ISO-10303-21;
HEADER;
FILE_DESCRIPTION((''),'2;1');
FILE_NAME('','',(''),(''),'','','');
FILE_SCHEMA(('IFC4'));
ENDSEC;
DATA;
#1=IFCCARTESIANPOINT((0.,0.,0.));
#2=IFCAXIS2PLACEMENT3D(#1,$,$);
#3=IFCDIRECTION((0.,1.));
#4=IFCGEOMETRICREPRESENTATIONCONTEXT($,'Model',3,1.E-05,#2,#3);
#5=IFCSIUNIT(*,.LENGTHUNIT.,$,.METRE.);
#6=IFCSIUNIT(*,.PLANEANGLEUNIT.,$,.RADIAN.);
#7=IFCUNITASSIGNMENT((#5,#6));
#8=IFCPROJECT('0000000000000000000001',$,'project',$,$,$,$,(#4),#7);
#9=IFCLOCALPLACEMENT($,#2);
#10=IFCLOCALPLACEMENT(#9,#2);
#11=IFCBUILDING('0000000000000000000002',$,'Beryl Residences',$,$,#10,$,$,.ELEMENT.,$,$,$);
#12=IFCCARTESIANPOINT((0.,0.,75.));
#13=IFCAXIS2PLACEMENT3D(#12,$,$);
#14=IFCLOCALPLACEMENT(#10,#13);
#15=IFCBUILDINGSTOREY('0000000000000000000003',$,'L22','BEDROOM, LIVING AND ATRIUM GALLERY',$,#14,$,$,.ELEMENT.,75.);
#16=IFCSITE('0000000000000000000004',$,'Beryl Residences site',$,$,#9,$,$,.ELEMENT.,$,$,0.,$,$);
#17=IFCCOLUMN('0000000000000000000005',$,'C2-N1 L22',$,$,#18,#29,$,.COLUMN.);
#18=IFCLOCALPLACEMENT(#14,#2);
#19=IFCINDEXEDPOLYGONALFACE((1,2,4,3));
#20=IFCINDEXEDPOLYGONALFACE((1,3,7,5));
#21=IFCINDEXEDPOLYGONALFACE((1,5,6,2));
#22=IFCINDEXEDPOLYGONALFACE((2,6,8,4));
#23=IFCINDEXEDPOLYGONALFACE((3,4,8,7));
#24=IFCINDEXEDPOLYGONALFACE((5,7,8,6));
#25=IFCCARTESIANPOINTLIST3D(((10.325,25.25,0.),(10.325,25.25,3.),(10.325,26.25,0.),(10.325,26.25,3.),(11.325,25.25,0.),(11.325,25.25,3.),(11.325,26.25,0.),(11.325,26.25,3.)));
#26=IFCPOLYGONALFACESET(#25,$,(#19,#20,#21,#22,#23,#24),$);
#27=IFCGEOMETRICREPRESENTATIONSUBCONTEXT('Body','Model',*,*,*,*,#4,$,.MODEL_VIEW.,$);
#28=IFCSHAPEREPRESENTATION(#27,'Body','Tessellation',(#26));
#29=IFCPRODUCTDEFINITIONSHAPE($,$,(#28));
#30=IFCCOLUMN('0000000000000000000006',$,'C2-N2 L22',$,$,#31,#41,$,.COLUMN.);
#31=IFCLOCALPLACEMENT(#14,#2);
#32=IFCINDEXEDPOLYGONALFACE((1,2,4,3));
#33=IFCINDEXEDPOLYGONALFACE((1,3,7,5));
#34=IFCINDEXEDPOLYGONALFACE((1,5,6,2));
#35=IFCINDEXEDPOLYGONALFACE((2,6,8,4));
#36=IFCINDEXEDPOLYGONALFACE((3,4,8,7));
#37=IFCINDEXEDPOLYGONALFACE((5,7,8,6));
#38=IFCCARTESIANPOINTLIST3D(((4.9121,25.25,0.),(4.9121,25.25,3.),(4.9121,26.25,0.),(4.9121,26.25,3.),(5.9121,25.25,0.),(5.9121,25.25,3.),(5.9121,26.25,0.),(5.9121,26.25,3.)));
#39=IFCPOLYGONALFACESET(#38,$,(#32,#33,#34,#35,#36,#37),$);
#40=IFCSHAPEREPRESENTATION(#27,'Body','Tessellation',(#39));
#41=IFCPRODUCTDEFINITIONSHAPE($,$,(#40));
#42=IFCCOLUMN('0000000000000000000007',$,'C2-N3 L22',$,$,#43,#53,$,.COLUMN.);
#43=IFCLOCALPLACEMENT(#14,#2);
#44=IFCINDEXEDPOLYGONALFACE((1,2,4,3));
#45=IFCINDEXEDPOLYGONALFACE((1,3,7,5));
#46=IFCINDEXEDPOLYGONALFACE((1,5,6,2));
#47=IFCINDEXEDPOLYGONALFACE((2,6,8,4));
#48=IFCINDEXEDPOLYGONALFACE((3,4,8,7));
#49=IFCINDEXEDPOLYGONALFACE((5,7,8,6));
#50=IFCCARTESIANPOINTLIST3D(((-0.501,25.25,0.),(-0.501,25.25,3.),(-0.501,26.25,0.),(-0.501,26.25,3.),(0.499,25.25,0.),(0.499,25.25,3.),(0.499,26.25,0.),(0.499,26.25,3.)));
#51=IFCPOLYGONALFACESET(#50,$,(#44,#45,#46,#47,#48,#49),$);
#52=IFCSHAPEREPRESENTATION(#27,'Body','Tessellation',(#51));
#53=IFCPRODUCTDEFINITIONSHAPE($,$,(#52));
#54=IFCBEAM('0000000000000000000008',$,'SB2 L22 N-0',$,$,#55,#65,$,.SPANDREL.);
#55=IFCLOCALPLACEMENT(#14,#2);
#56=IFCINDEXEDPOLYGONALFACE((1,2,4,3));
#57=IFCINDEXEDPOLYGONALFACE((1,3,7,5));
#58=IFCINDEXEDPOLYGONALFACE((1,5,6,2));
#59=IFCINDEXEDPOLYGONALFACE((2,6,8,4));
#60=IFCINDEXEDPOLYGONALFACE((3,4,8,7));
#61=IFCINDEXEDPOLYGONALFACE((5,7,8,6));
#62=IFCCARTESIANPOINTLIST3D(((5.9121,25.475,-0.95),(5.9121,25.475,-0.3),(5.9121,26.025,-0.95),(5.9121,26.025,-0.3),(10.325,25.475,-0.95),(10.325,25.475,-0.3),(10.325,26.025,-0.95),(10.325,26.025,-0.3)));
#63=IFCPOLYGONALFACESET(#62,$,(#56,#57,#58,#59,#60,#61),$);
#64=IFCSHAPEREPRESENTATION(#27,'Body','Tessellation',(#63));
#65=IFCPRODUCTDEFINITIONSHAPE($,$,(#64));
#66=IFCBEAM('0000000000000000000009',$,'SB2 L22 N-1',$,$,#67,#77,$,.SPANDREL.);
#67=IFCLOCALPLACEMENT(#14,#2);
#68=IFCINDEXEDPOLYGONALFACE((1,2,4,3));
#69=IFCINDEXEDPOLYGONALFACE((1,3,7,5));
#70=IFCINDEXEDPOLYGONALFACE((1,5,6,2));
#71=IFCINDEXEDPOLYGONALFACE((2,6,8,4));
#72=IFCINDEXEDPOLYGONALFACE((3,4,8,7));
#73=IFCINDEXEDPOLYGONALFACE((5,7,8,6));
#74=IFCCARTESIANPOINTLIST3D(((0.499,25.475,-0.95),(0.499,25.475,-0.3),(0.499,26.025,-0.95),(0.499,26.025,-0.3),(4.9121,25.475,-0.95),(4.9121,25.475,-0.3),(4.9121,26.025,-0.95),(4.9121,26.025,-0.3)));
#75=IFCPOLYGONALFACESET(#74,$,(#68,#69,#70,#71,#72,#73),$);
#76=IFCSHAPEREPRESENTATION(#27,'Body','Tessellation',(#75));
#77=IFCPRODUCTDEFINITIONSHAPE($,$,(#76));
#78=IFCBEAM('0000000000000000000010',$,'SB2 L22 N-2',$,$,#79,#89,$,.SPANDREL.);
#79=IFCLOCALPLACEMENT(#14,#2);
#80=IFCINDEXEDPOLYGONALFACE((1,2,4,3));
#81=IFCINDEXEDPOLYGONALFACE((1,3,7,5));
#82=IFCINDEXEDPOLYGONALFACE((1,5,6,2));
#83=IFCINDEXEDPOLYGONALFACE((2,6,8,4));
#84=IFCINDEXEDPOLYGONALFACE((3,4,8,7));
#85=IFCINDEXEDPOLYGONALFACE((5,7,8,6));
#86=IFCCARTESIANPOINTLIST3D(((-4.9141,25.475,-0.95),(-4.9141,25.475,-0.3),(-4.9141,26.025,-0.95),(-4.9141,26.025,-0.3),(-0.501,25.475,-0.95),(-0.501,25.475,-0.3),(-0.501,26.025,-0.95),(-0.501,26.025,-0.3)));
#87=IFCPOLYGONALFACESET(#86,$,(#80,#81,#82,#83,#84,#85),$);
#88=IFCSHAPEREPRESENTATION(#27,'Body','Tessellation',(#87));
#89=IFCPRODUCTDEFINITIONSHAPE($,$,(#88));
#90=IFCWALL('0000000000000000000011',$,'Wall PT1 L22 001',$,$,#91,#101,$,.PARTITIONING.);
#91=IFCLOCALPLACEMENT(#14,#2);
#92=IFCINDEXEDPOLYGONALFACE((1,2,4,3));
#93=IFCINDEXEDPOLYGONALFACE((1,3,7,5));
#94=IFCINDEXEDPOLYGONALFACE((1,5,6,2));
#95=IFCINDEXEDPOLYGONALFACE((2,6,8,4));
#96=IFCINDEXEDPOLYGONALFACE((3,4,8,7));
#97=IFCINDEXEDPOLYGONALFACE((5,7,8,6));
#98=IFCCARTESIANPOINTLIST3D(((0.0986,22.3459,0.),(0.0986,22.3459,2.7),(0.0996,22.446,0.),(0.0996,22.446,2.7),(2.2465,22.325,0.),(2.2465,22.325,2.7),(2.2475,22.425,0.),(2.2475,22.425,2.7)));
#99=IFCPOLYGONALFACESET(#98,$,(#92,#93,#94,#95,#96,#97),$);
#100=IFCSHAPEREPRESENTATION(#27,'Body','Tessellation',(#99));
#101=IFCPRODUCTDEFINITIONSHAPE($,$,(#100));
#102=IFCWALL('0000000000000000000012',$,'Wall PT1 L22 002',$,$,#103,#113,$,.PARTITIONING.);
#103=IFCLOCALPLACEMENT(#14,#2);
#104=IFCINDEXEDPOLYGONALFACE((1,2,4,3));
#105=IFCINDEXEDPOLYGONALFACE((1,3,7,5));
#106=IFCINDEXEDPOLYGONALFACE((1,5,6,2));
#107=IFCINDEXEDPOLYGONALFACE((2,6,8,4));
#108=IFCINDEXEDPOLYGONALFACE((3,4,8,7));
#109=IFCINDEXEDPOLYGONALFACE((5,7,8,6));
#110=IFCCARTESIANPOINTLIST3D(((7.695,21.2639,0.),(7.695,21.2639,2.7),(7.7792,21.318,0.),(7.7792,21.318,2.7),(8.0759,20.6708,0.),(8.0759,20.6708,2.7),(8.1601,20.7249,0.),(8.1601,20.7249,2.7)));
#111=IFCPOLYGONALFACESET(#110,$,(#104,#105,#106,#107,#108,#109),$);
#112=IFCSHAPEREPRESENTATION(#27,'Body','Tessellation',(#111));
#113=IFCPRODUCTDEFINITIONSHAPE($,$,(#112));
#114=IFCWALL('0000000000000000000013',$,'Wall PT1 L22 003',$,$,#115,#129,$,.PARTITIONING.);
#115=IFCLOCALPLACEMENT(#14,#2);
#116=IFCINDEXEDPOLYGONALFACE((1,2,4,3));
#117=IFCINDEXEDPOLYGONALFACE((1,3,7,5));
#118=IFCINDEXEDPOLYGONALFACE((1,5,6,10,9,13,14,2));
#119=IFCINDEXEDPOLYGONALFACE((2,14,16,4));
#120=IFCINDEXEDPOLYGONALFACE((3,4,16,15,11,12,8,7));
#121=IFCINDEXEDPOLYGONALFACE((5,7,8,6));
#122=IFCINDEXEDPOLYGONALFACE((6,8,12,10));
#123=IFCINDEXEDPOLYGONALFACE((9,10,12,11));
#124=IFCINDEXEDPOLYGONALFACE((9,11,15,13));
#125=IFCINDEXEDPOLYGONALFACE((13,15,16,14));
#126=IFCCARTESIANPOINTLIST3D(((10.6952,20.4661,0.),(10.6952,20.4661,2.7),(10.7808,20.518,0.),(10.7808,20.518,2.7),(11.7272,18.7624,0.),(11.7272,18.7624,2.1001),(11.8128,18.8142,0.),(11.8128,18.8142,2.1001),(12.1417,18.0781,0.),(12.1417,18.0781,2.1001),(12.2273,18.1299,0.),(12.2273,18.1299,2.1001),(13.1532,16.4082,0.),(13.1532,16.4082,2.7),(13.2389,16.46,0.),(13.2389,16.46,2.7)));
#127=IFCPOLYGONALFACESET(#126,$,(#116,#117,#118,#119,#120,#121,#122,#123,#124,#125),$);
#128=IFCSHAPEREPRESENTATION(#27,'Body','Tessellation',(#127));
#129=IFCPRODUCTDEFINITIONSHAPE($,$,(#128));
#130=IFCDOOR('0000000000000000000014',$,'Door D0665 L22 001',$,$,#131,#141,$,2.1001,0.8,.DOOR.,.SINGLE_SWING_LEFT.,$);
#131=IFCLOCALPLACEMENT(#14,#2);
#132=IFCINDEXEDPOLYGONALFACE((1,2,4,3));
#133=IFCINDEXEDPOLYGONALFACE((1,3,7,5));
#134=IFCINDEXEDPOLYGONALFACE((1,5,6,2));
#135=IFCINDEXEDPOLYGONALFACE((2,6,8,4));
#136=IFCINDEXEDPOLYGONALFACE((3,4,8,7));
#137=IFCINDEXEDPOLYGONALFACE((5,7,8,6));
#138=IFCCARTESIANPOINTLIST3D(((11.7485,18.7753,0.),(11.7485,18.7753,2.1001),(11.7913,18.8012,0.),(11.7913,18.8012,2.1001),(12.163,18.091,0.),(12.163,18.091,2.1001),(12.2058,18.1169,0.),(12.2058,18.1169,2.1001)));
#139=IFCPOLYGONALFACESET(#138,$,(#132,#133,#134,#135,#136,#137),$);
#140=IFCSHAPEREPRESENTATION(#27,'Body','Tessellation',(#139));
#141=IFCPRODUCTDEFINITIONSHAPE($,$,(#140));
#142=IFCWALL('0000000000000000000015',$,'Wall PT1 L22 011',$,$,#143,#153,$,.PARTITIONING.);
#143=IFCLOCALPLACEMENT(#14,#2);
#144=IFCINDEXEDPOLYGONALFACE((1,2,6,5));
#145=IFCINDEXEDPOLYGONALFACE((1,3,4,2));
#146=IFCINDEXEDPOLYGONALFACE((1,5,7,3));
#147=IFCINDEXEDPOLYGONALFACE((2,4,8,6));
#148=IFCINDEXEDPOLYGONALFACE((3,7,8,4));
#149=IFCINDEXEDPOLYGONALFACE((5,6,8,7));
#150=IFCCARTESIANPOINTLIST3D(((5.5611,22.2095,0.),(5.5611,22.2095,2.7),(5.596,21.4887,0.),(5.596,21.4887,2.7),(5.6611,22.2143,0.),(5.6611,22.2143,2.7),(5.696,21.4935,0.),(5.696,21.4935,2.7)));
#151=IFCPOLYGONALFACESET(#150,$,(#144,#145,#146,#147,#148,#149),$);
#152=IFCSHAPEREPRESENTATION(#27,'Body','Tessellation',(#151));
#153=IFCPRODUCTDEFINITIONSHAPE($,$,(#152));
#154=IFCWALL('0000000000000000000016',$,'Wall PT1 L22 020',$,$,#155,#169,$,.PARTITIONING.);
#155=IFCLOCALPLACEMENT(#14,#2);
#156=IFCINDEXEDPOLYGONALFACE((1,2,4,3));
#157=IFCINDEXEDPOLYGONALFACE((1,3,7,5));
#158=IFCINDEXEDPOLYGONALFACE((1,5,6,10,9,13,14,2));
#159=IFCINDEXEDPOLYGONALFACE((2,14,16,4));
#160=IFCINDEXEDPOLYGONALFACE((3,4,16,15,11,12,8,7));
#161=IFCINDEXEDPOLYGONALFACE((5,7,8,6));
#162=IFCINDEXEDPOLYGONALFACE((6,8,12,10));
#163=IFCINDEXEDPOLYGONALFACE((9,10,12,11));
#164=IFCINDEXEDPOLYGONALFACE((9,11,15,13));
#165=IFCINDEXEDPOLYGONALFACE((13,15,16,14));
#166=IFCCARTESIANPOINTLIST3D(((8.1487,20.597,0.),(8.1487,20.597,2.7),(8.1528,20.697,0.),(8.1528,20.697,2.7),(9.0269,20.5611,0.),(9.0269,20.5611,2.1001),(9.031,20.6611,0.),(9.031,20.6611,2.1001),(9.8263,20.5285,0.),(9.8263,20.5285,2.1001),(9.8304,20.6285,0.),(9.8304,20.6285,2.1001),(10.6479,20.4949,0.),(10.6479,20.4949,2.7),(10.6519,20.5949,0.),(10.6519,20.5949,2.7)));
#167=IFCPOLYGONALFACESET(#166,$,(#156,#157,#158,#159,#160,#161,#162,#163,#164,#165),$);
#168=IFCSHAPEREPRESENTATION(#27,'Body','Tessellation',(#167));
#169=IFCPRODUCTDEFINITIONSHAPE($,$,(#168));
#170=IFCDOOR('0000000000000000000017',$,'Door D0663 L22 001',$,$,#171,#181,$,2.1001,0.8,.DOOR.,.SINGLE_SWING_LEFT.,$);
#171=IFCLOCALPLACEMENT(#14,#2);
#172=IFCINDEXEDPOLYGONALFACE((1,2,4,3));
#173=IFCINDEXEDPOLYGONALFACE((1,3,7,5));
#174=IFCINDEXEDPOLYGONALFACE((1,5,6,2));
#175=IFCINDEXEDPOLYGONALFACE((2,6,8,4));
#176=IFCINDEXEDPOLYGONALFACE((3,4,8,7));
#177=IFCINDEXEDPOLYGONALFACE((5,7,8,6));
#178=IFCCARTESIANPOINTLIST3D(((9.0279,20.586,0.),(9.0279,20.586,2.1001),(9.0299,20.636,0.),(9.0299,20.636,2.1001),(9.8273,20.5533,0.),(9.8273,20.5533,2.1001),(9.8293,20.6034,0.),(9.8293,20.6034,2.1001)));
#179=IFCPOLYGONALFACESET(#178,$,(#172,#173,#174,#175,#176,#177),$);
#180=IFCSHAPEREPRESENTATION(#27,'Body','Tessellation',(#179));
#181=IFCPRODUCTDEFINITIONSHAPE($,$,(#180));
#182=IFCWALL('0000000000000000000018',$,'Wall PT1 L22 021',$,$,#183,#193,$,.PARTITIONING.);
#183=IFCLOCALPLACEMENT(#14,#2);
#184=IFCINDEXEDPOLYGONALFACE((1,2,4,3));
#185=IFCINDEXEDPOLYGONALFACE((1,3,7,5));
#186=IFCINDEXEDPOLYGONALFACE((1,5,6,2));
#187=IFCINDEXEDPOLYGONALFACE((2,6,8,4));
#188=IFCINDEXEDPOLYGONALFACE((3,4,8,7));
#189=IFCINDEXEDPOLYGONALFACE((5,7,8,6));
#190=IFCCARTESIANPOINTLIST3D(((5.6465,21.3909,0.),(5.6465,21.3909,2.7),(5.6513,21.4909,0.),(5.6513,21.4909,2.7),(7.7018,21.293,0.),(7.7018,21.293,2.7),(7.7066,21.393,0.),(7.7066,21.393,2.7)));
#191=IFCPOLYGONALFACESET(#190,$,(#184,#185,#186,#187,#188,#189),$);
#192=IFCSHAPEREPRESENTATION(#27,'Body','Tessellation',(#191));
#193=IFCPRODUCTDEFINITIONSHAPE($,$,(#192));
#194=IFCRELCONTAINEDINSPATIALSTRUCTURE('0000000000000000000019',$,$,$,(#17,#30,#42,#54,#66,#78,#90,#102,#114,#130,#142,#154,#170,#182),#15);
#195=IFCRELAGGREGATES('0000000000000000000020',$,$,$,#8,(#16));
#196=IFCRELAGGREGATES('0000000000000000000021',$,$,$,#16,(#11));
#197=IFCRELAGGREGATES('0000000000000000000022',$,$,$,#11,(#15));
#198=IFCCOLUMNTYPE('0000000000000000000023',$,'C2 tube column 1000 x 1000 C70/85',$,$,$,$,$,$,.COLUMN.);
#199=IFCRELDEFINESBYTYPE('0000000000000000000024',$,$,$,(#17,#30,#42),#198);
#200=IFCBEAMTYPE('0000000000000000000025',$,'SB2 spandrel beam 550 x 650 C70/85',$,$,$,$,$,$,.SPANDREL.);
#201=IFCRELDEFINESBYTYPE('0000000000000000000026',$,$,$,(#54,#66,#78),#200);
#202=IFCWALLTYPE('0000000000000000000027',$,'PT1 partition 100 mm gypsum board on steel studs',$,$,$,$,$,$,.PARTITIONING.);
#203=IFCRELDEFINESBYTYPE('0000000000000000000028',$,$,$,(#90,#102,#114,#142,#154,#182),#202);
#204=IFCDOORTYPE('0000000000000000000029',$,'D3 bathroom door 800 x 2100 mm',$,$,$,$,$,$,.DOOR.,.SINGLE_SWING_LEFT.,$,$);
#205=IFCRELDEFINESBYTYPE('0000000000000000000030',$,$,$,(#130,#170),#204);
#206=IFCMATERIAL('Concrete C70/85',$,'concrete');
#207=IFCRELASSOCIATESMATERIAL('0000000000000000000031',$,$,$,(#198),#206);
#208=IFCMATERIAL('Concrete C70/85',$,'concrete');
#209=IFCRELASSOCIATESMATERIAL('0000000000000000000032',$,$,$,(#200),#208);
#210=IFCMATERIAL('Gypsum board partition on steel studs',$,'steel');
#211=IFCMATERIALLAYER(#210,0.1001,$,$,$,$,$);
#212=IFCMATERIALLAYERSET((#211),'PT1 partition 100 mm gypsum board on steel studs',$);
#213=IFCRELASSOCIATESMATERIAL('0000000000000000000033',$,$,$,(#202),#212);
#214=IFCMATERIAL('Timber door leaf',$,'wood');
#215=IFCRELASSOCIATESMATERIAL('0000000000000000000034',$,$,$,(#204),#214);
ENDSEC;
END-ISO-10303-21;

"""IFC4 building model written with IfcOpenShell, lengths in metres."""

from ifc_helpers import new_model, si_unit, direction, frame, frame_2d, origin, origin_2d, place, context, subcontext, project, spatial, rectangle, extrude, material, layer, layer_set, material_profile, profile_set, type_object, element, fill, save


model = new_model("IFC4")

# Units and contexts
model_context = context("Model", 3, precision=1e-05, world=origin(), true_north=direction((0.0, 1.0)))
body_context = subcontext(model_context, "Body", "Model", "MODEL_VIEW")
ifc_project = project(units=[si_unit("LENGTHUNIT", "METRE"), si_unit("PLANEANGLEUNIT", "RADIAN")], contexts=[model_context])

# Site, building, storey
site_placement = place(None, origin())
site = spatial("IfcSite", under=ifc_project, at=site_placement, Name="Beryl Residences site", CompositionType="ELEMENT", RefElevation=0.0)
building_placement = place(site_placement, origin())
building = spatial("IfcBuilding", under=site, at=building_placement, Name="Beryl Residences", CompositionType="ELEMENT")
storey_placement = place(building_placement, frame((0.0, 0.0, 75.0)))
storey = spatial("IfcBuildingStorey", under=building, at=storey_placement, Name="L22", Description="BEDROOM, LIVING AND ATRIUM GALLERY", CompositionType="ELEMENT", Elevation=75.0)

# Columns
ifc_material_1 = material(Name="Concrete C70/85", Category="concrete")
ifc_material_profile_1 = material_profile(ifc_material_1, rectangle(XDim=1.0, YDim=1.0, at=origin_2d()))
ifc_profile_set_1 = profile_set([ifc_material_profile_1], Name="Concrete C70/85")
column_type = type_object("IfcColumnType", Name="C2 tube column 1000 x 1000 C70/85", PredefinedType="COLUMN", material=ifc_profile_set_1)
for number, where, z_axis, x_axis, name in (
    (1, (10.825, 25.75, 0.0), (0.0, 0.0, 1.0), (-1.0, 0.0, 0.0), "C2-N1 L22"),
    (2, (5.4121, 25.75, 0.0), (0.0, 0.0, 1.0), (-1.0, 0.0, 0.0), "C2-N2 L22"),
    (3, (-0.001, 25.75, 0.0), (0.0, 0.0, 1.0), (-1.0, 0.0, 0.0), "C2-N3 L22"),
):
    element("IfcColumn", number, at=place(storey_placement, frame(where, z_axis=z_axis, x_axis=x_axis)), inside=storey, type_object=column_type, Name=name, PredefinedType="COLUMN", context=body_context, shape_type="SweptSolid", body=[
        extrude(rectangle(XDim=1.0, YDim=1.0, at=origin_2d()), origin(), (0.0, 0.0, 1.0), 3.0),
    ])

# Beams
ifc_material_2 = material(Name="Concrete C70/85", Category="concrete")
ifc_material_profile_2 = material_profile(ifc_material_2, rectangle(XDim=0.55, YDim=0.6499, at=origin_2d()))
ifc_profile_set_2 = profile_set([ifc_material_profile_2], Name="Concrete C70/85")
beam_type = type_object("IfcBeamType", Name="SB2 spandrel beam 550 x 650 C70/85", PredefinedType="SPANDREL", material=ifc_profile_set_2)
beam_placement = place(storey_placement, frame((10.325, 25.75, -0.625), z_axis=(-1.0, 0.0, 0.0), x_axis=(0.0, -1.0, 0.0)))
element("IfcBeam", 4, at=beam_placement, inside=storey, type_object=beam_type, Name="SB2 L22 N-0", PredefinedType="SPANDREL", context=body_context, shape_type="SweptSolid", body=[
    extrude(rectangle(XDim=0.55, YDim=0.6499, at=origin_2d()), origin(), (0.0, 0.0, 1.0), 4.4128),
])
for number, where, z_axis, x_axis, name in (
    (5, (4.9121, 25.75, -0.625), (-1.0, 0.0, 0.0), (0.0, -1.0, 0.0), "SB2 L22 N-1"),
    (6, (-0.501, 25.75, -0.625), (-1.0, 0.0, 0.0), (0.0, -1.0, 0.0), "SB2 L22 N-2"),
):
    element("IfcBeam", number, at=place(storey_placement, frame(where, z_axis=z_axis, x_axis=x_axis)), inside=storey, type_object=beam_type, Name=name, PredefinedType="SPANDREL", context=body_context, shape_type="SweptSolid", body=[
        extrude(rectangle(XDim=0.55, YDim=0.6499, at=origin_2d()), origin(), (0.0, 0.0, 1.0), 4.4131),
    ])

# Walls
ifc_material_3 = material(Name="Gypsum board partition on steel studs", Category="steel")
ifc_layer_1 = layer(ifc_material_3, 0.1001)
ifc_layer_set_1 = layer_set([ifc_layer_1], Name="PT1 partition 100 mm gypsum board on steel studs")
wall_type_1 = type_object("IfcWallType", Name="PT1 partition 100 mm gypsum board on steel studs", PredefinedType="PARTITIONING", material=ifc_layer_set_1)
wall_1_placement = place(storey_placement, frame((0.0991, 22.396, 0.0), z_axis=(0.0, 0.0, 1.0), x_axis=(0.999952, -0.009774, 0.0)))
element("IfcWall", 7, at=wall_1_placement, inside=storey, type_object=wall_type_1, Name="Wall PT1 L22 001", PredefinedType="PARTITIONING", context=body_context, shape_type="SweptSolid", body=[
    extrude(rectangle(XDim=2.1479, YDim=0.1001, at=frame_2d((1.074, 0.0))), origin(), (0.0, 0.0, 1.0), 2.7),
])
wall_2_placement = place(storey_placement, frame((7.7371, 21.291, 0.0), z_axis=(0.0, 0.0, 1.0), x_axis=(0.54039, -0.841415, 0.0)))
element("IfcWall", 8, at=wall_2_placement, inside=storey, type_object=wall_type_1, Name="Wall PT1 L22 002", PredefinedType="PARTITIONING", context=body_context, shape_type="SweptSolid", body=[
    extrude(rectangle(XDim=0.7048, YDim=0.1001, at=frame_2d((0.3525, 0.0))), origin(), (0.0, 0.0, 1.0), 2.7),
])

# Wall, opening, door
wall_3_placement = place(storey_placement, frame((10.738, 20.4919, 0.0), z_axis=(0.0, 0.0, 1.0), x_axis=(0.518101, -0.855319, 0.0)))
wall_3 = element("IfcWall", 9, at=wall_3_placement, inside=storey, type_object=wall_type_1, Name="Wall PT1 L22 003", PredefinedType="PARTITIONING", context=body_context, shape_type="SweptSolid", body=[
    extrude(rectangle(XDim=4.7444, YDim=0.1001, at=frame_2d((2.3721, 0.0))), origin(), (0.0, 0.0, 1.0), 2.7),
])
opening_1_placement = place(wall_3_placement, frame((1.9919, 0.0, 0.0)))
opening_1 = element("IfcOpeningElement", 10, at=opening_1_placement, cuts=wall_3, PredefinedType="OPENING", context=body_context, shape_type="SweptSolid", body=[
    extrude(rectangle(XDim=0.8, YDim=2.1001, at=frame_2d((0.3999, 1.05))), frame((0.0, 0.0601, 0.0), z_axis=(0.0, -1.0, 0.0), x_axis=(1.0, 0.0, 0.0)), (0.0, 0.0, 1.0), 0.1201),
])
ifc_material_4 = material(Name="Timber door leaf", Category="wood")
door_type_1 = type_object("IfcDoorType", Name="D3 bathroom door 800 x 2100 mm", OperationType="SINGLE_SWING_LEFT", PredefinedType="DOOR", material=ifc_material_4)
door_1_placement = place(opening_1_placement, origin())
door_1 = element("IfcDoor", 11, at=door_1_placement, inside=storey, type_object=door_type_1, Name="Door D0665 L22 001", OperationType="SINGLE_SWING_LEFT", OverallHeight=2.1001, OverallWidth=0.8, PredefinedType="DOOR", context=body_context, shape_type="SweptSolid", body=[
    extrude(rectangle(XDim=0.8, YDim=2.1001, at=frame_2d((0.3999, 1.05))), frame((0.0, 0.0249, 0.0), z_axis=(0.0, -1.0, 0.0), x_axis=(1.0, 0.0, 0.0)), (0.0, 0.0, 1.0), 0.05),
])
fill(opening_1, door_1)

# Wall
wall_4_placement = place(storey_placement, frame((5.6111, 22.2119, 0.0), z_axis=(0.0, 0.0, 1.0), x_axis=(0.048369, -0.99883, 0.0)))
element("IfcWall", 12, at=wall_4_placement, inside=storey, type_object=wall_type_1, Name="Wall PT1 L22 011", PredefinedType="PARTITIONING", context=body_context, shape_type="SweptSolid", body=[
    extrude(rectangle(XDim=0.7217, YDim=0.1001, at=frame_2d((0.3608, 0.0))), origin(), (0.0, 0.0, 1.0), 2.7),
])

# Wall, opening, door
wall_5_placement = place(storey_placement, frame((8.1509, 20.647, 0.0), z_axis=(0.0, 0.0, 1.0), x_axis=(0.999167, -0.040802, 0.0)))
wall_5 = element("IfcWall", 13, at=wall_5_placement, inside=storey, type_object=wall_type_1, Name="Wall PT1 L22 020", PredefinedType="PARTITIONING", context=body_context, shape_type="SweptSolid", body=[
    extrude(rectangle(XDim=2.5012, YDim=0.1001, at=frame_2d((1.2505, 0.0))), origin(), (0.0, 0.0, 1.0), 2.7),
])
opening_2_placement = place(wall_5_placement, frame((0.8789, 0.0, 0.0)))
opening_2 = element("IfcOpeningElement", 14, at=opening_2_placement, cuts=wall_5, PredefinedType="OPENING", context=body_context, shape_type="SweptSolid", body=[
    extrude(rectangle(XDim=0.8, YDim=2.1001, at=frame_2d((0.3999, 1.05))), frame((0.0, 0.0601, 0.0), z_axis=(0.0, -1.0, 0.0), x_axis=(1.0, 0.0, 0.0)), (0.0, 0.0, 1.0), 0.1201),
])
door_2_placement = place(opening_2_placement, origin())
door_2 = element("IfcDoor", 15, at=door_2_placement, inside=storey, type_object=door_type_1, Name="Door D0663 L22 001", OperationType="SINGLE_SWING_LEFT", OverallHeight=2.1001, OverallWidth=0.8, PredefinedType="DOOR", context=body_context, shape_type="SweptSolid", body=[
    extrude(rectangle(XDim=0.8, YDim=2.1001, at=frame_2d((0.3999, 1.05))), frame((0.0, 0.0249, 0.0), z_axis=(0.0, -1.0, 0.0), x_axis=(1.0, 0.0, 0.0)), (0.0, 0.0, 1.0), 0.05),
])
fill(opening_2, door_2)

# Wall
wall_6_placement = place(storey_placement, frame((5.6489, 21.4409, 0.0), z_axis=(0.0, 0.0, 1.0), x_axis=(0.998867, -0.047582, 0.0)))
element("IfcWall", 16, at=wall_6_placement, inside=storey, type_object=wall_type_1, Name="Wall PT1 L22 021", PredefinedType="PARTITIONING", context=body_context, shape_type="SweptSolid", body=[
    extrude(rectangle(XDim=2.0576, YDim=0.1001, at=frame_2d((1.0288, 0.0))), origin(), (0.0, 0.0, 1.0), 2.7),
])

save(model, "model.ifc")
